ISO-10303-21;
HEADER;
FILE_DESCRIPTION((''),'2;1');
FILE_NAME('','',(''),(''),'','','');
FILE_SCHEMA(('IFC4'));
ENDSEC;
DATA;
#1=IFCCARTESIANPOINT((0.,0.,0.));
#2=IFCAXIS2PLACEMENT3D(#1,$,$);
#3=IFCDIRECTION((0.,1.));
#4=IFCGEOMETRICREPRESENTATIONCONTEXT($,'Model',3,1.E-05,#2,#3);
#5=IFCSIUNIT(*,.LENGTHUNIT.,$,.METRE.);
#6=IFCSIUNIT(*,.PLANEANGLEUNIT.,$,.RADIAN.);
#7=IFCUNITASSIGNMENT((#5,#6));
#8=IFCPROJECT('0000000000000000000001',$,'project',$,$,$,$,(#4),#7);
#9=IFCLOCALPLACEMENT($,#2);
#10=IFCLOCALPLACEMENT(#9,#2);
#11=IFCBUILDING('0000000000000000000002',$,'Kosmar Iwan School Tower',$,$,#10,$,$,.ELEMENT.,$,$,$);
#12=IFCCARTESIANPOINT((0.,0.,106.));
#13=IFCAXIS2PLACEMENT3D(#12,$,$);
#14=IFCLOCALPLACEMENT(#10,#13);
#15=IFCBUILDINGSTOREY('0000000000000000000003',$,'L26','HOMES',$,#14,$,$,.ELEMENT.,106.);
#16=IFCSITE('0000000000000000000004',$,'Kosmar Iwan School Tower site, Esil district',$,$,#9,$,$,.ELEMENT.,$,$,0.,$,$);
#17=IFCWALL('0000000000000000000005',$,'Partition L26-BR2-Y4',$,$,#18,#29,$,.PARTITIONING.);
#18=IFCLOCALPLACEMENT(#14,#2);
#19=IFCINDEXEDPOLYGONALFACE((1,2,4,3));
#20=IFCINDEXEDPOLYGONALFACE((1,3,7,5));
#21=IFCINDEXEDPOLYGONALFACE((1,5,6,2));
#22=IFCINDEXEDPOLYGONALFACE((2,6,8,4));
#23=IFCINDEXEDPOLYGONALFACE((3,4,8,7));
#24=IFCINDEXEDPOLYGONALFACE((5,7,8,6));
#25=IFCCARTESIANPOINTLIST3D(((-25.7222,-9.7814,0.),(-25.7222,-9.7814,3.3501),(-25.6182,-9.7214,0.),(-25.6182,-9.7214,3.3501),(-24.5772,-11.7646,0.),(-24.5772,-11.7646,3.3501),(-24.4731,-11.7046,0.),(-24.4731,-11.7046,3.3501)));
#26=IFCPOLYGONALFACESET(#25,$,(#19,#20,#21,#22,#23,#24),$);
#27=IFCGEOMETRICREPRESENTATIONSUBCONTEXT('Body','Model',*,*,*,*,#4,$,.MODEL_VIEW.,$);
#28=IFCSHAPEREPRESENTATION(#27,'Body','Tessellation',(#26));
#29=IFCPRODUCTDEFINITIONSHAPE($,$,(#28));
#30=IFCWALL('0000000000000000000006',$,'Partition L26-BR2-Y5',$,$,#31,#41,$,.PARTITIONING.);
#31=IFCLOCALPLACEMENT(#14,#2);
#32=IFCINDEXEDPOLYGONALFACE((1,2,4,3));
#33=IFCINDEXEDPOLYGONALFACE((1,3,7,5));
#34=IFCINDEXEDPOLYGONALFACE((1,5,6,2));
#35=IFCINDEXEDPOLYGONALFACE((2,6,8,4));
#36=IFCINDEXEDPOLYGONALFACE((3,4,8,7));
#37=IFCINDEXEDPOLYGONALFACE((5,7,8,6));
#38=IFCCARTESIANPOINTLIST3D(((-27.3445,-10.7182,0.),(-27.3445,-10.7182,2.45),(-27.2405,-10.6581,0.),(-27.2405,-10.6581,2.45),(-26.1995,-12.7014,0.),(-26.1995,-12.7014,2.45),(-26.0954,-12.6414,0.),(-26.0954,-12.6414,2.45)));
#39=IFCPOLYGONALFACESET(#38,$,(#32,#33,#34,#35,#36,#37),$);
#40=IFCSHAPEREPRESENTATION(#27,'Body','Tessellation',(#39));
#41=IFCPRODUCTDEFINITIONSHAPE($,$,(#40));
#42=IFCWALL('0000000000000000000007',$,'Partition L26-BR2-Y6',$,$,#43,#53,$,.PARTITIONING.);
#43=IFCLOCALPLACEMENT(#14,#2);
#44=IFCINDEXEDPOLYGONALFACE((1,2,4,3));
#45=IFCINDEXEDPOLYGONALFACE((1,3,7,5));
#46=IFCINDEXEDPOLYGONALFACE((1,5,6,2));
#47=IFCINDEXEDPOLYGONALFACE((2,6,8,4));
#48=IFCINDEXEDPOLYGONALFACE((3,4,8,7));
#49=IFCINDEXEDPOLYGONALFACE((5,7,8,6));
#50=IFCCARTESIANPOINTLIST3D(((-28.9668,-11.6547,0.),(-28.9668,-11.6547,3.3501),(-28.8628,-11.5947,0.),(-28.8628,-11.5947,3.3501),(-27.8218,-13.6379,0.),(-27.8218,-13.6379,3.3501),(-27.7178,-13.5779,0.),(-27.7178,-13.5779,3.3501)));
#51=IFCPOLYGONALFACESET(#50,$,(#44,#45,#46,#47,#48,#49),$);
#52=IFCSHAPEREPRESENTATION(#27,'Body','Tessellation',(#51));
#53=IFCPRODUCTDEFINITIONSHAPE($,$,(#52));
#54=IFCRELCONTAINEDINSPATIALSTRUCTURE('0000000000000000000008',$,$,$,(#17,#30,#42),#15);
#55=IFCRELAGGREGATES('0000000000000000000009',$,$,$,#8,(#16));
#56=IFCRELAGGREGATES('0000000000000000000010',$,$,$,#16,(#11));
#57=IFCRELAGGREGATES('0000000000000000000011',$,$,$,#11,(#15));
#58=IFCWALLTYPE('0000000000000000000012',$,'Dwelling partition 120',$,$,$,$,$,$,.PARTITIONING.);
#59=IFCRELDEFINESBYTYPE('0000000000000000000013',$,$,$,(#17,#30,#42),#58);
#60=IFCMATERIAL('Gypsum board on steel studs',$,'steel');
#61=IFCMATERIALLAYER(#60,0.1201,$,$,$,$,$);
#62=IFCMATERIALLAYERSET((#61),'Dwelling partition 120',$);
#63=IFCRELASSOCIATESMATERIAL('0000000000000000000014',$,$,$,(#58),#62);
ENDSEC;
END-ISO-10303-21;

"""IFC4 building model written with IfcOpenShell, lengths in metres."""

from ifc_helpers import new_model, si_unit, direction, frame, frame_2d, origin, place, context, subcontext, project, spatial, rectangle, extrude, material, layer, layer_set, type_object, element, save


model = new_model("IFC4")

# Units and contexts
model_context = context("Model", 3, precision=1e-05, world=origin(), true_north=direction((0.0, 1.0)))
body_context = subcontext(model_context, "Body", "Model", "MODEL_VIEW")
ifc_project = project(units=[si_unit("LENGTHUNIT", "METRE"), si_unit("PLANEANGLEUNIT", "RADIAN")], contexts=[model_context])

# Site, building, storey
site_placement = place(None, origin())
site = spatial("IfcSite", under=ifc_project, at=site_placement, Name="Kosmar Iwan School Tower site, Esil district", CompositionType="ELEMENT", RefElevation=0.0)
building_placement = place(site_placement, origin())
building = spatial("IfcBuilding", under=site, at=building_placement, Name="Kosmar Iwan School Tower", CompositionType="ELEMENT")
storey_placement = place(building_placement, frame((0.0, 0.0, 106.0)))
storey = spatial("IfcBuildingStorey", under=building, at=storey_placement, Name="L26", Description="HOMES", CompositionType="ELEMENT", Elevation=106.0)

# Walls
ifc_material_1 = material(Name="Gypsum board on steel studs", Category="steel")
ifc_layer_1 = layer(ifc_material_1, 0.1201)
ifc_layer_set_1 = layer_set([ifc_layer_1], Name="Dwelling partition 120")
wall_type_1 = type_object("IfcWallType", Name="Dwelling partition 120", PredefinedType="PARTITIONING", material=ifc_layer_set_1)
wall_1_placement = place(storey_placement, frame((-24.5251, -11.7346, 0.0), z_axis=(0.0, 0.0, 1.0), x_axis=(-0.500015, 0.866017, 0.0)))
element("IfcWall", 1, at=wall_1_placement, inside=storey, type_object=wall_type_1, Name="Partition L26-BR2-Y4", PredefinedType="PARTITIONING", context=body_context, shape_type="SweptSolid", body=[
    extrude(rectangle(XDim=2.29, YDim=0.1201, at=frame_2d((1.145, 0.0))), origin(), (0.0, 0.0, 1.0), 3.3501),
])
wall_2_placement = place(storey_placement, frame((-26.1475, -12.6714, 0.0), z_axis=(0.0, 0.0, 1.0), x_axis=(-0.500015, 0.866017, 0.0)))
element("IfcWall", 2, at=wall_2_placement, inside=storey, type_object=wall_type_1, Name="Partition L26-BR2-Y5", PredefinedType="PARTITIONING", context=body_context, shape_type="SweptSolid", body=[
    extrude(rectangle(XDim=2.29, YDim=0.1201, at=frame_2d((1.145, 0.0))), origin(), (0.0, 0.0, 1.0), 2.45),
])
wall_3_placement = place(storey_placement, frame((-27.7698, -13.6079, 0.0), z_axis=(0.0, 0.0, 1.0), x_axis=(-0.500015, 0.866017, 0.0)))
element("IfcWall", 3, at=wall_3_placement, inside=storey, type_object=wall_type_1, Name="Partition L26-BR2-Y6", PredefinedType="PARTITIONING", context=body_context, shape_type="SweptSolid", body=[
    extrude(rectangle(XDim=2.29, YDim=0.1201, at=frame_2d((1.145, 0.0))), origin(), (0.0, 0.0, 1.0), 3.3501),
])

save(model, "model.ifc")
